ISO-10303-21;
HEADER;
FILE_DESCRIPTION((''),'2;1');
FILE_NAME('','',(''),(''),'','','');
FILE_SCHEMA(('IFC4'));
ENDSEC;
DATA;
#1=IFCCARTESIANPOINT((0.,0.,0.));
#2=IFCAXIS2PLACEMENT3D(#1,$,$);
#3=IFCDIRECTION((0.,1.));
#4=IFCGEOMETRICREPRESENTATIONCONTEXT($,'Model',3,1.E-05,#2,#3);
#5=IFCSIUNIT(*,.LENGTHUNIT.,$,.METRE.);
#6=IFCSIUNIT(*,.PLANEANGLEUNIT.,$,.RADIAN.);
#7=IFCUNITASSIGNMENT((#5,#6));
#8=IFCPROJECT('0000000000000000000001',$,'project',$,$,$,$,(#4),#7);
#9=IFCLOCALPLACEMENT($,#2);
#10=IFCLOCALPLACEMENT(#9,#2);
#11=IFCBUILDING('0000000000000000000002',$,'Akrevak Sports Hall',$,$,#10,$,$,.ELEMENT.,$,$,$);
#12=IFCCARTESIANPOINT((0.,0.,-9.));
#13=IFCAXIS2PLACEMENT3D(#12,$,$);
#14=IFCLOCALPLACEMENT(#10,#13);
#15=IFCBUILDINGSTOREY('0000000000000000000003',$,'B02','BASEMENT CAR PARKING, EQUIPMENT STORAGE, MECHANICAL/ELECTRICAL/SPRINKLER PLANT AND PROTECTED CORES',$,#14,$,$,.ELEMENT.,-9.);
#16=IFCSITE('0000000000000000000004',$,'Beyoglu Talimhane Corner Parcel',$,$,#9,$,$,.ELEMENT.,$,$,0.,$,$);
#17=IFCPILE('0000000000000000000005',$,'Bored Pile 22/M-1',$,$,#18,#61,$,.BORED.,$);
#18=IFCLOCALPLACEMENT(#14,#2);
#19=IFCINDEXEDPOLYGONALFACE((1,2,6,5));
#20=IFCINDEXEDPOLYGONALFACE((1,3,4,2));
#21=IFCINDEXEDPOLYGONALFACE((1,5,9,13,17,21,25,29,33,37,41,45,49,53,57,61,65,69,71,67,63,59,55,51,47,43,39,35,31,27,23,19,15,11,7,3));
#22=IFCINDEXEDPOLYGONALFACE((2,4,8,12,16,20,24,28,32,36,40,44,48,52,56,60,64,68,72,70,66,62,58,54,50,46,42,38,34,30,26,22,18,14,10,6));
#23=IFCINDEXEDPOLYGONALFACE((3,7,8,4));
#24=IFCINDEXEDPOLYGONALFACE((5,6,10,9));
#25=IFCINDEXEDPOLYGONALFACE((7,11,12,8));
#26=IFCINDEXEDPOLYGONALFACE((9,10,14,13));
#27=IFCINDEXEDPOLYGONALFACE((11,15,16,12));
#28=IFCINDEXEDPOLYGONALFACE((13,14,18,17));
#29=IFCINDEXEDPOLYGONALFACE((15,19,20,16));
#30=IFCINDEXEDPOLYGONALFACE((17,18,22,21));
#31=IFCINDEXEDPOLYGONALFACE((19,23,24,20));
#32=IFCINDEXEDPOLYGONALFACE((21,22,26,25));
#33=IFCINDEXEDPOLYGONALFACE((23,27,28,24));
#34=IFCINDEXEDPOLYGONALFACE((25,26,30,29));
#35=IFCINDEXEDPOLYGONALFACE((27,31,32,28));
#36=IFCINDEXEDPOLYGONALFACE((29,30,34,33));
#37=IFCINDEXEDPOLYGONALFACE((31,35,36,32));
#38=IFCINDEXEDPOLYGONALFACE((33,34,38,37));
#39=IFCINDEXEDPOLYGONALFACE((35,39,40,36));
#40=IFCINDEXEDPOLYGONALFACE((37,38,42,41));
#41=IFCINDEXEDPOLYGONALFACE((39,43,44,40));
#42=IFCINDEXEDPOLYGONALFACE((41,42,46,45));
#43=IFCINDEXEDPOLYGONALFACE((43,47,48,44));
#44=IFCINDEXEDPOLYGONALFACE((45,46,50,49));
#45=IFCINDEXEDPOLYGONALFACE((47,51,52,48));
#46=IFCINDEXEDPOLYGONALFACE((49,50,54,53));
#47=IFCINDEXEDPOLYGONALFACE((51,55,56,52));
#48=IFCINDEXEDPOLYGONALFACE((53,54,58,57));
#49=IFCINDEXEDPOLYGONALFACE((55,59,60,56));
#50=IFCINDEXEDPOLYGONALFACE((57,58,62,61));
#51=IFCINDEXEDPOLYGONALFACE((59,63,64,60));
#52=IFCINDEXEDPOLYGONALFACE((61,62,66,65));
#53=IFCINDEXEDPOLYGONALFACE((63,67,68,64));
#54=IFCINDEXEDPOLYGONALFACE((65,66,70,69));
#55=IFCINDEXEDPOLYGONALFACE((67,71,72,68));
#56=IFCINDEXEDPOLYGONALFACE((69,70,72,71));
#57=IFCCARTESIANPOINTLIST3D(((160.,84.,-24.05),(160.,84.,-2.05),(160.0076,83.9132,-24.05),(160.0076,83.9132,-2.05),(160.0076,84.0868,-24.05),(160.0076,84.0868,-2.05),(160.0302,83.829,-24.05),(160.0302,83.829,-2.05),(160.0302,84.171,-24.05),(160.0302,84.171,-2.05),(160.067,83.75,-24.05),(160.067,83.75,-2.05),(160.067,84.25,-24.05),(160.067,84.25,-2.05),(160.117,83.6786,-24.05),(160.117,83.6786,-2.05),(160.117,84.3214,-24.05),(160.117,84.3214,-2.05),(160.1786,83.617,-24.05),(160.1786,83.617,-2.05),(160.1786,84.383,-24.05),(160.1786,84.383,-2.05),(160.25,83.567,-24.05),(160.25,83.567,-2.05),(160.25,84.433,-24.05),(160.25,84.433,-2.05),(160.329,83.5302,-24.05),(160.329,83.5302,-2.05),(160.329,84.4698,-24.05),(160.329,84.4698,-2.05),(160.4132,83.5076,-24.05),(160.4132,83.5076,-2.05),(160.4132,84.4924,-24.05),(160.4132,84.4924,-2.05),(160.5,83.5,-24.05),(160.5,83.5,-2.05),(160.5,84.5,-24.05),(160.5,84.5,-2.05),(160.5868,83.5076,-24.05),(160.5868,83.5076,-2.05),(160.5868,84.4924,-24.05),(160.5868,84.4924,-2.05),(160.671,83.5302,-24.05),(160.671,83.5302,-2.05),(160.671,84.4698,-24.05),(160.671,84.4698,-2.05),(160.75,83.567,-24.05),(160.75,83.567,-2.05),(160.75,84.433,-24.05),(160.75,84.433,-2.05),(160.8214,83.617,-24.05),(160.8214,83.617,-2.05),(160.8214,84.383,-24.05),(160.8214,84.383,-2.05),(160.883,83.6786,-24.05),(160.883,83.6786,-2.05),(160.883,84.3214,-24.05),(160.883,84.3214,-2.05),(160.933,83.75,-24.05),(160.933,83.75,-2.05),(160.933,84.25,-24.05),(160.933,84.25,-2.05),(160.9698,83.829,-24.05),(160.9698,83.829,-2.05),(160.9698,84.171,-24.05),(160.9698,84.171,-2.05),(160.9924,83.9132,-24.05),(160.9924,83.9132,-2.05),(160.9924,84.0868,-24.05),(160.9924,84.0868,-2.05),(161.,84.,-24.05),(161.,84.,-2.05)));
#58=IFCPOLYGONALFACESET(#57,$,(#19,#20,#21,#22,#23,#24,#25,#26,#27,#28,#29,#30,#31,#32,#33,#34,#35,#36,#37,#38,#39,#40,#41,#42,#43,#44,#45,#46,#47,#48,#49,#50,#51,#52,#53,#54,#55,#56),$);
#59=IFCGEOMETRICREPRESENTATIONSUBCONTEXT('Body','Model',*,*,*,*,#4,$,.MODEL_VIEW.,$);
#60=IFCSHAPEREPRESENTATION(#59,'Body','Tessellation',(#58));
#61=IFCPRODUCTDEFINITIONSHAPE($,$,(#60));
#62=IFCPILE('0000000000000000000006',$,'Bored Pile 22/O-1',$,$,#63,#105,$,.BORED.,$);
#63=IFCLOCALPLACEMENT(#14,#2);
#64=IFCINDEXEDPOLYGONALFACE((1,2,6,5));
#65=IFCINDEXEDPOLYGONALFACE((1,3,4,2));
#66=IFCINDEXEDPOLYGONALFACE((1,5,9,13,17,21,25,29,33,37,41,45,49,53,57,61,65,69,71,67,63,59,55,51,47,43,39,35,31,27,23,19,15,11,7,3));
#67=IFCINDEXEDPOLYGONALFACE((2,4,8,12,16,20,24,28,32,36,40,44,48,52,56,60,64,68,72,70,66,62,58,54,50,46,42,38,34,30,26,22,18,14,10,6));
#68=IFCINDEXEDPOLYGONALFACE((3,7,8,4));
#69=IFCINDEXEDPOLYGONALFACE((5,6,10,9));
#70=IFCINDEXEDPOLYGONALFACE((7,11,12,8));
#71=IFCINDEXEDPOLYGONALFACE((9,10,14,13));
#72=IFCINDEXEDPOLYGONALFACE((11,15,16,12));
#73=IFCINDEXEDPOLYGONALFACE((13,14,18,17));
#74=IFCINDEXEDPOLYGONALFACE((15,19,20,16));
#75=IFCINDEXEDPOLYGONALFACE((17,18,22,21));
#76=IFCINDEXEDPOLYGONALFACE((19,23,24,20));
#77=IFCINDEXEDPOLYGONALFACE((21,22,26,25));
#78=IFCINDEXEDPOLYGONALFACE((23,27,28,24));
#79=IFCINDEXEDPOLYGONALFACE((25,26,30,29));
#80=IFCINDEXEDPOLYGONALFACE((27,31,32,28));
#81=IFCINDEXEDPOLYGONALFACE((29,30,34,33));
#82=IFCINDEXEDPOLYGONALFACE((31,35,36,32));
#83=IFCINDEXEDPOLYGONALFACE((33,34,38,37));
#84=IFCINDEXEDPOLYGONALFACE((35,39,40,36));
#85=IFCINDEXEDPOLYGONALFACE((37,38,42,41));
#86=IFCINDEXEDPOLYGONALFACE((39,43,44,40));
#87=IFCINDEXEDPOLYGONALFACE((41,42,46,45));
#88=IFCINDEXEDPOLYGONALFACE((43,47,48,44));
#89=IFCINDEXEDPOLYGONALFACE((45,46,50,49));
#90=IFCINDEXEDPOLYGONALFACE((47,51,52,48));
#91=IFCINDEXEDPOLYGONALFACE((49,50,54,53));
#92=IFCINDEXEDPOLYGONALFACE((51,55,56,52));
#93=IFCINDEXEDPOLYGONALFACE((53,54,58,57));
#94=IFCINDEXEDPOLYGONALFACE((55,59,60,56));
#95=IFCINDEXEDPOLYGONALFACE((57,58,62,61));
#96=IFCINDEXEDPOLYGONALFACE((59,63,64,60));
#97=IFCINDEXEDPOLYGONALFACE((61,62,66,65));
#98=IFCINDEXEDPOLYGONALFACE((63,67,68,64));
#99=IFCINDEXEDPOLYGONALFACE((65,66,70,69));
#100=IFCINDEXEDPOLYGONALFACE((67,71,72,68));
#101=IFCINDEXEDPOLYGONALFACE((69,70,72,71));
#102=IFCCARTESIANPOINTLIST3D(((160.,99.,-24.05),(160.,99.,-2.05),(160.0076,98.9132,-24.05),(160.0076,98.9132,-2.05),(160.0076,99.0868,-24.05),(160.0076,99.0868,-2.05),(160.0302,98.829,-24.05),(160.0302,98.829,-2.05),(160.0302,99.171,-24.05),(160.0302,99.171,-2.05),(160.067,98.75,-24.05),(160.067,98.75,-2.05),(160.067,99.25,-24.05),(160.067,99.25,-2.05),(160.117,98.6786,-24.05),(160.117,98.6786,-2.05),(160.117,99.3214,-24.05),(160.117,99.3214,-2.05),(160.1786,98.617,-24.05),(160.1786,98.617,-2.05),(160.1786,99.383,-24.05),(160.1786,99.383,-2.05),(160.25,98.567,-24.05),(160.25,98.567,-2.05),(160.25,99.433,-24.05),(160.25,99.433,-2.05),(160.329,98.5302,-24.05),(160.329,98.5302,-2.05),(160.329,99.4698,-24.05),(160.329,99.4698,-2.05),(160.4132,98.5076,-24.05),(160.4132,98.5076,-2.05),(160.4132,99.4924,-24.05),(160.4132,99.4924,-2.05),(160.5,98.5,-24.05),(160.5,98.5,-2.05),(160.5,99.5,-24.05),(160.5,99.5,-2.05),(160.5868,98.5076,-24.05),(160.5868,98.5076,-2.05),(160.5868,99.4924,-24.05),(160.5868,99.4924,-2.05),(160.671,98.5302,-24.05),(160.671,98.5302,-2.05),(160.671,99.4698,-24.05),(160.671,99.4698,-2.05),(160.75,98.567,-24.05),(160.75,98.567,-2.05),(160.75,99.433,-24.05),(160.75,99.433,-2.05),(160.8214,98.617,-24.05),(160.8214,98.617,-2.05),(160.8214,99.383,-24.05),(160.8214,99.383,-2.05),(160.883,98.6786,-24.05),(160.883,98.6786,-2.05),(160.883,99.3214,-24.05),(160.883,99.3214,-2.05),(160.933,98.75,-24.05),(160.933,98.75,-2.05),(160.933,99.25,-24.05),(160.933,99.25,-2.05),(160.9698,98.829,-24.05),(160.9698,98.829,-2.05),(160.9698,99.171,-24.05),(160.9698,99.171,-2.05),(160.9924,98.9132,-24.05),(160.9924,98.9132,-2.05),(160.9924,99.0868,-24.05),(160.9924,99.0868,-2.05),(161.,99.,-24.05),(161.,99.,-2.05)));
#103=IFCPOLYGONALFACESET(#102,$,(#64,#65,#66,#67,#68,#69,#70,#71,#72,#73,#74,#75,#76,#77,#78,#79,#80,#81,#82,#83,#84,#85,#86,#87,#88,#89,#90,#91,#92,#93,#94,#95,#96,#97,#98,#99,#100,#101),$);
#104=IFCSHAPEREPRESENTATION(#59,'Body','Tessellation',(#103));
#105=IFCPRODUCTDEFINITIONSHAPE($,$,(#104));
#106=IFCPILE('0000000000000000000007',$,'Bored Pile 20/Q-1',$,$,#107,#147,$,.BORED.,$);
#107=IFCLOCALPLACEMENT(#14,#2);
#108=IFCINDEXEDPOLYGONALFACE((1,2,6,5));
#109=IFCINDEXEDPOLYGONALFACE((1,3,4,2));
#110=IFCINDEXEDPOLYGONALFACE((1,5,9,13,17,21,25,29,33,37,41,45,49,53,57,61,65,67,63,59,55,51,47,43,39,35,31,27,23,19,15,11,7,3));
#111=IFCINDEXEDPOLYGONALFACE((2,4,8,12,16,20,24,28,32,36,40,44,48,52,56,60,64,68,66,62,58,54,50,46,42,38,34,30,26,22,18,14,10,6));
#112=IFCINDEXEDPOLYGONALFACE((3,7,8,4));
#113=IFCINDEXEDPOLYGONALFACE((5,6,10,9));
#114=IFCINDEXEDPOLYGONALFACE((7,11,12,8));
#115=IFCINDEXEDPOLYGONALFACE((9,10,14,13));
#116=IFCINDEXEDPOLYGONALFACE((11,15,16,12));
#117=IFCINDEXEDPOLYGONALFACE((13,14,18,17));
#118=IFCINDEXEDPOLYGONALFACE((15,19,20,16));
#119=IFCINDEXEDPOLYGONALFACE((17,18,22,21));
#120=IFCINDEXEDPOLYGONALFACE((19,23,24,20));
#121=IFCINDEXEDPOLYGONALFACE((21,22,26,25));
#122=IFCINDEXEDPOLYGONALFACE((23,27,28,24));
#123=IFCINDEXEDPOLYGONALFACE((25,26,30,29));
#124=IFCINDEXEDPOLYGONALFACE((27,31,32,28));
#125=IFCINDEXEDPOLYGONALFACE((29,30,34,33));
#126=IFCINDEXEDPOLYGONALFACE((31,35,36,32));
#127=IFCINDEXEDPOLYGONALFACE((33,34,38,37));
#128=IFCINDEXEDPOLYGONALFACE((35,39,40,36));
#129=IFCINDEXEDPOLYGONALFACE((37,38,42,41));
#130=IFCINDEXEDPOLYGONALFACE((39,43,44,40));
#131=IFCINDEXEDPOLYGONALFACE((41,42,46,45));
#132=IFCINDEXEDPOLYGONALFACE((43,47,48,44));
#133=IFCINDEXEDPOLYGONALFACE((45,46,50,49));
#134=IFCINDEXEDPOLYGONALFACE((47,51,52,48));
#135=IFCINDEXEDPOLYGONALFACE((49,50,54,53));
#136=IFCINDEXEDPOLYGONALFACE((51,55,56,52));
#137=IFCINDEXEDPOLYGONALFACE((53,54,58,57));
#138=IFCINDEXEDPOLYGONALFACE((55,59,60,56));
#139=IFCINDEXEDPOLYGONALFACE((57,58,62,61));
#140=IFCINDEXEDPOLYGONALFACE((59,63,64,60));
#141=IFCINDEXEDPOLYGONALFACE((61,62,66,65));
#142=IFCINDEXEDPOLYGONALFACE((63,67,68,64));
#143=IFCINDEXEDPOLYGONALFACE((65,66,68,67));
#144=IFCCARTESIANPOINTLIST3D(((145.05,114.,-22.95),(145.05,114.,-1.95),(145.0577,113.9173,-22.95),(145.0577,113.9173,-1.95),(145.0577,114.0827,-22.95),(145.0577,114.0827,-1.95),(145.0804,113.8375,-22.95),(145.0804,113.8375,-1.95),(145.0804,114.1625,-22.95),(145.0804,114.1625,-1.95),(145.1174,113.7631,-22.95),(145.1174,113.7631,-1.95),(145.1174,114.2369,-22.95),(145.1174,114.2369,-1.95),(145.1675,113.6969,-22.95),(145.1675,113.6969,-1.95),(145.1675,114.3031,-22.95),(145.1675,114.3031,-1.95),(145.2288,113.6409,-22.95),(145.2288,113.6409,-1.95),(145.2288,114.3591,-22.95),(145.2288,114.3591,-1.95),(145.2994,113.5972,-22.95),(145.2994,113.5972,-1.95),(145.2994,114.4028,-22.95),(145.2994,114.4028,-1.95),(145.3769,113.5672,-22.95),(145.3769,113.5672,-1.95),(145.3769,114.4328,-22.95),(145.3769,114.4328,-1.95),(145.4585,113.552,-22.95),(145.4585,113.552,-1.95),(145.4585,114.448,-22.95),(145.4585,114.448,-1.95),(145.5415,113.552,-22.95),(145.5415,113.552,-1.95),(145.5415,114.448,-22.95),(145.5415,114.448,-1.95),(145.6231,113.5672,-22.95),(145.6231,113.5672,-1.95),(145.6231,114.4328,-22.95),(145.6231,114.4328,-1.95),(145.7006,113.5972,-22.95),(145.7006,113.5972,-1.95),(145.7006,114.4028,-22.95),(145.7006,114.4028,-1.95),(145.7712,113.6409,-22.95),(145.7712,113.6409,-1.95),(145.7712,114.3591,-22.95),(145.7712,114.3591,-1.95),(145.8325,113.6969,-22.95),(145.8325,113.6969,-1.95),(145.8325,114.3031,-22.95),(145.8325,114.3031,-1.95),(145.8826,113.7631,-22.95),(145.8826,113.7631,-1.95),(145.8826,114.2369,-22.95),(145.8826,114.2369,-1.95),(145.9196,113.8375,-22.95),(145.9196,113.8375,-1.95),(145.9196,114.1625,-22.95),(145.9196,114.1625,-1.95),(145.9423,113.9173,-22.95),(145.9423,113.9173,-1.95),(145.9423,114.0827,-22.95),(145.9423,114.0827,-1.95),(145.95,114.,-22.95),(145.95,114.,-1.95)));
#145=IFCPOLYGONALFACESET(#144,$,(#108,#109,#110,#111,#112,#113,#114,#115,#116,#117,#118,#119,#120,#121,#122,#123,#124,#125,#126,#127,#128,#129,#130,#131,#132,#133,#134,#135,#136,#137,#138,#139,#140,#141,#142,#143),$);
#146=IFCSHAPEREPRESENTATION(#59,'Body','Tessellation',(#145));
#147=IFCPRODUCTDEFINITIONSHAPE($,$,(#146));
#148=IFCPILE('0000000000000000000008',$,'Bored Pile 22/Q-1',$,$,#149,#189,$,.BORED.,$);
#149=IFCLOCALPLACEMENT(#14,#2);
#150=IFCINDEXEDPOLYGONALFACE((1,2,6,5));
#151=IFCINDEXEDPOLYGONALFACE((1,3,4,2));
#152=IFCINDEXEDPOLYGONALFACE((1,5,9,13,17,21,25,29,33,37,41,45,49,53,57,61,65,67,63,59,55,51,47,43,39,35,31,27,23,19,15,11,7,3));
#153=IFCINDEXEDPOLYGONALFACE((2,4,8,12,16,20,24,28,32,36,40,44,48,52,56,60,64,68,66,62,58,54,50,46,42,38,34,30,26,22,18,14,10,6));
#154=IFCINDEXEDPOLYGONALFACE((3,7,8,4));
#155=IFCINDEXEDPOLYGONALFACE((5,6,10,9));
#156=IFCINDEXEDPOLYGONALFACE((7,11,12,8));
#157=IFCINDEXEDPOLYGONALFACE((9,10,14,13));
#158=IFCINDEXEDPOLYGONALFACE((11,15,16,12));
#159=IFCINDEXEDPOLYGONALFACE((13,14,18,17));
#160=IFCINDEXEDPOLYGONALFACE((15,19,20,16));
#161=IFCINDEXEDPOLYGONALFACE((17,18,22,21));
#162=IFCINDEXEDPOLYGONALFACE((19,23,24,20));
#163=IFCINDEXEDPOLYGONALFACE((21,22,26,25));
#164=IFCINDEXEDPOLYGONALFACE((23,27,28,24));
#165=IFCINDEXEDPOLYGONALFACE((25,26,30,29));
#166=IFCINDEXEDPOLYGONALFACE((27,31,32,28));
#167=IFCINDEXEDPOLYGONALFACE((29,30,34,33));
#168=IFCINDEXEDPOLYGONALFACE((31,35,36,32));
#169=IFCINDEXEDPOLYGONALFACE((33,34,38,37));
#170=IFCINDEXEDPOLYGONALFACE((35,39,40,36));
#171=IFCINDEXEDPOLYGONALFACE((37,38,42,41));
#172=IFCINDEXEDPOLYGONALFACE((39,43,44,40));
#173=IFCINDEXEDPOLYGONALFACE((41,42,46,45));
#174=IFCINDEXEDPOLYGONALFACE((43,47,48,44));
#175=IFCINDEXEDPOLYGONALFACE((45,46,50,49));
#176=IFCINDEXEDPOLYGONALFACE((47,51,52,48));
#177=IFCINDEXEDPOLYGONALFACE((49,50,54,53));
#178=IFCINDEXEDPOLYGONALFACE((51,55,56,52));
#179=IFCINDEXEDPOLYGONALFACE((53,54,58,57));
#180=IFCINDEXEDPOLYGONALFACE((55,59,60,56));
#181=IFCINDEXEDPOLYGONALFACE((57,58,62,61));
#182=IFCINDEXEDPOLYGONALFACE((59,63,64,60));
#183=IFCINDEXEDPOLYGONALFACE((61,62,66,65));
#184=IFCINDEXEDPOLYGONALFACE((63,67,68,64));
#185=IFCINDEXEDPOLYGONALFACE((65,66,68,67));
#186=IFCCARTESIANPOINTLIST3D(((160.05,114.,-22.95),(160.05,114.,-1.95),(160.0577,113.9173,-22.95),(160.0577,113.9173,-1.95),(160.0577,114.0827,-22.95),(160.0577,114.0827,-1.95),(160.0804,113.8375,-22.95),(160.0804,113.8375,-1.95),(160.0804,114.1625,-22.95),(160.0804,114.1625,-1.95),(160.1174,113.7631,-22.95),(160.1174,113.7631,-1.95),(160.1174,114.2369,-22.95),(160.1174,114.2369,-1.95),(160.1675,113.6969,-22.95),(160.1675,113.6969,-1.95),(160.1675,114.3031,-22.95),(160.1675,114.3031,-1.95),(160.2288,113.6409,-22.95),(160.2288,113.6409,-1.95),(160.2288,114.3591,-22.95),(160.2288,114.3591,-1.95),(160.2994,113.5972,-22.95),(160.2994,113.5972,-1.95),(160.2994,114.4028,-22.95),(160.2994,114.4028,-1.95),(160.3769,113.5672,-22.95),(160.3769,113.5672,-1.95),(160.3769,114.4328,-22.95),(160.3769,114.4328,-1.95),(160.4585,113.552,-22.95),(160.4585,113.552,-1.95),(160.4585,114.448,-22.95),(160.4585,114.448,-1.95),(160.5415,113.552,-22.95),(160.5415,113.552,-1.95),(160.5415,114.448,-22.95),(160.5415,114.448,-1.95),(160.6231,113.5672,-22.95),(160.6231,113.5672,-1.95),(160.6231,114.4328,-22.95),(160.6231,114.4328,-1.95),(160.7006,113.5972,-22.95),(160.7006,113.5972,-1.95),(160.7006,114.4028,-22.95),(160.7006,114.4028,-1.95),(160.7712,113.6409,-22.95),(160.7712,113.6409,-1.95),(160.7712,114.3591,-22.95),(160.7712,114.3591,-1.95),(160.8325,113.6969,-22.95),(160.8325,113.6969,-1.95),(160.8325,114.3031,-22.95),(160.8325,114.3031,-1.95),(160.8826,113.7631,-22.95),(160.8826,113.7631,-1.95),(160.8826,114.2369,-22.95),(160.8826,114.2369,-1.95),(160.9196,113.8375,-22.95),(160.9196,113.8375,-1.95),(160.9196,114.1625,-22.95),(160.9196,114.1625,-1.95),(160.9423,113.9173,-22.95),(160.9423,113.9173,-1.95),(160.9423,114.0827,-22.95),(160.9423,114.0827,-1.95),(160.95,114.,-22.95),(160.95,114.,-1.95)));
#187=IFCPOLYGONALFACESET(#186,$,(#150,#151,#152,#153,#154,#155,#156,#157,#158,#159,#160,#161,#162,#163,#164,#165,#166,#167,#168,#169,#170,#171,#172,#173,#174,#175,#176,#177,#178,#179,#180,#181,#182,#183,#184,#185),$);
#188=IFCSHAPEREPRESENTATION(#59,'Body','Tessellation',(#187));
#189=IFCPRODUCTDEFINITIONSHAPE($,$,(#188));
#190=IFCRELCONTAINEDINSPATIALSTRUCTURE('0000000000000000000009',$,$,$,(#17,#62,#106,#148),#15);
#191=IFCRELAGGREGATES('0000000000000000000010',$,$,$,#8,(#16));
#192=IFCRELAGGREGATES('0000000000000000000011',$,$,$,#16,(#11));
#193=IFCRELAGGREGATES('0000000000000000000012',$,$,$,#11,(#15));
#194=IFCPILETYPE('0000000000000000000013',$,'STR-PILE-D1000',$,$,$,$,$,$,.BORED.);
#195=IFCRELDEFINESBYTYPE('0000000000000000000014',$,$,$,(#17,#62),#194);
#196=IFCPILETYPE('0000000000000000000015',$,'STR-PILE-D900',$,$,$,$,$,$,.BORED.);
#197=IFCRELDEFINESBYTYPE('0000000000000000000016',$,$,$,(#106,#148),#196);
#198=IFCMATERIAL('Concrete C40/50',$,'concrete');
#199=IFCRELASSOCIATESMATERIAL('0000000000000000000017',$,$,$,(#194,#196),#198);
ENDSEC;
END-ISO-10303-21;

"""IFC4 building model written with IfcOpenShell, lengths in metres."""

from ifc_helpers import new_model, si_unit, direction, frame, origin, origin_2d, place, context, subcontext, project, spatial, circle, extrude, material, material_profile, profile_set, type_object, element, save


model = new_model("IFC4")

# Units and contexts
model_context = context("Model", 3, precision=1e-05, world=origin(), true_north=direction((0.0, 1.0)))
body_context = subcontext(model_context, "Body", "Model", "MODEL_VIEW")
ifc_project = project(units=[si_unit("LENGTHUNIT", "METRE"), si_unit("PLANEANGLEUNIT", "RADIAN")], contexts=[model_context])

# Site, building, storey
site_placement = place(None, origin())
site = spatial("IfcSite", under=ifc_project, at=site_placement, Name="Beyoglu Talimhane Corner Parcel", CompositionType="ELEMENT", RefElevation=0.0)
building_placement = place(site_placement, origin())
building = spatial("IfcBuilding", under=site, at=building_placement, Name="Akrevak Sports Hall", CompositionType="ELEMENT")
storey_placement = place(building_placement, frame((0.0, 0.0, -9.0)))
storey = spatial("IfcBuildingStorey", under=building, at=storey_placement, Name="B02", Description="BASEMENT CAR PARKING, EQUIPMENT STORAGE, MECHANICAL/ELECTRICAL/SPRINKLER PLANT AND PROTECTED CORES", CompositionType="ELEMENT", Elevation=-9.0)

# Shared definitions
ifc_material_1 = material(Name="Concrete C40/50", Category="concrete")

# Piles
ifc_material_profile_1 = material_profile(ifc_material_1, circle(Radius=0.5, at=origin_2d()), Name="BORED PILE D1000", Category="concrete")
ifc_profile_set_1 = profile_set([ifc_material_profile_1], Name="Concrete C40/50")
pile_type_1 = type_object("IfcPileType", Name="STR-PILE-D1000", PredefinedType="BORED", material=ifc_profile_set_1)
for number, where, z_axis, x_axis, name in (
    (1, (160.5, 84.0, -2.05), (0.0, 0.0, -1.0), (1.0, 0.0, 0.0), "Bored Pile 22/M-1"),
    (2, (160.5, 99.0, -2.05), (0.0, 0.0, -1.0), (1.0, 0.0, 0.0), "Bored Pile 22/O-1"),
):
    element("IfcPile", number, at=place(storey_placement, frame(where, z_axis=z_axis, x_axis=x_axis)), inside=storey, type_object=pile_type_1, Name=name, PredefinedType="BORED", context=body_context, shape_type="SweptSolid", body=[
        extrude(circle(Radius=0.5, at=origin_2d()), origin(), (0.0, 0.0, 1.0), 22.0),
    ])
ifc_material_profile_2 = material_profile(ifc_material_1, circle(Radius=0.45, at=origin_2d()), Name="BORED PILE D900", Category="concrete")
ifc_profile_set_2 = profile_set([ifc_material_profile_2], Name="Concrete C40/50")
pile_type_2 = type_object("IfcPileType", Name="STR-PILE-D900", PredefinedType="BORED", material=ifc_profile_set_2)
for number, where, z_axis, x_axis, name in (
    (3, (145.5, 114.0, -1.95), (0.0, 0.0, -1.0), (1.0, 0.0, 0.0), "Bored Pile 20/Q-1"),
    (4, (160.5, 114.0, -1.95), (0.0, 0.0, -1.0), (1.0, 0.0, 0.0), "Bored Pile 22/Q-1"),
):
    element("IfcPile", number, at=place(storey_placement, frame(where, z_axis=z_axis, x_axis=x_axis)), inside=storey, type_object=pile_type_2, Name=name, PredefinedType="BORED", context=body_context, shape_type="SweptSolid", body=[
        extrude(circle(Radius=0.45, at=origin_2d()), origin(), (0.0, 0.0, 1.0), 21.0),
    ])

save(model, "model.ifc")
